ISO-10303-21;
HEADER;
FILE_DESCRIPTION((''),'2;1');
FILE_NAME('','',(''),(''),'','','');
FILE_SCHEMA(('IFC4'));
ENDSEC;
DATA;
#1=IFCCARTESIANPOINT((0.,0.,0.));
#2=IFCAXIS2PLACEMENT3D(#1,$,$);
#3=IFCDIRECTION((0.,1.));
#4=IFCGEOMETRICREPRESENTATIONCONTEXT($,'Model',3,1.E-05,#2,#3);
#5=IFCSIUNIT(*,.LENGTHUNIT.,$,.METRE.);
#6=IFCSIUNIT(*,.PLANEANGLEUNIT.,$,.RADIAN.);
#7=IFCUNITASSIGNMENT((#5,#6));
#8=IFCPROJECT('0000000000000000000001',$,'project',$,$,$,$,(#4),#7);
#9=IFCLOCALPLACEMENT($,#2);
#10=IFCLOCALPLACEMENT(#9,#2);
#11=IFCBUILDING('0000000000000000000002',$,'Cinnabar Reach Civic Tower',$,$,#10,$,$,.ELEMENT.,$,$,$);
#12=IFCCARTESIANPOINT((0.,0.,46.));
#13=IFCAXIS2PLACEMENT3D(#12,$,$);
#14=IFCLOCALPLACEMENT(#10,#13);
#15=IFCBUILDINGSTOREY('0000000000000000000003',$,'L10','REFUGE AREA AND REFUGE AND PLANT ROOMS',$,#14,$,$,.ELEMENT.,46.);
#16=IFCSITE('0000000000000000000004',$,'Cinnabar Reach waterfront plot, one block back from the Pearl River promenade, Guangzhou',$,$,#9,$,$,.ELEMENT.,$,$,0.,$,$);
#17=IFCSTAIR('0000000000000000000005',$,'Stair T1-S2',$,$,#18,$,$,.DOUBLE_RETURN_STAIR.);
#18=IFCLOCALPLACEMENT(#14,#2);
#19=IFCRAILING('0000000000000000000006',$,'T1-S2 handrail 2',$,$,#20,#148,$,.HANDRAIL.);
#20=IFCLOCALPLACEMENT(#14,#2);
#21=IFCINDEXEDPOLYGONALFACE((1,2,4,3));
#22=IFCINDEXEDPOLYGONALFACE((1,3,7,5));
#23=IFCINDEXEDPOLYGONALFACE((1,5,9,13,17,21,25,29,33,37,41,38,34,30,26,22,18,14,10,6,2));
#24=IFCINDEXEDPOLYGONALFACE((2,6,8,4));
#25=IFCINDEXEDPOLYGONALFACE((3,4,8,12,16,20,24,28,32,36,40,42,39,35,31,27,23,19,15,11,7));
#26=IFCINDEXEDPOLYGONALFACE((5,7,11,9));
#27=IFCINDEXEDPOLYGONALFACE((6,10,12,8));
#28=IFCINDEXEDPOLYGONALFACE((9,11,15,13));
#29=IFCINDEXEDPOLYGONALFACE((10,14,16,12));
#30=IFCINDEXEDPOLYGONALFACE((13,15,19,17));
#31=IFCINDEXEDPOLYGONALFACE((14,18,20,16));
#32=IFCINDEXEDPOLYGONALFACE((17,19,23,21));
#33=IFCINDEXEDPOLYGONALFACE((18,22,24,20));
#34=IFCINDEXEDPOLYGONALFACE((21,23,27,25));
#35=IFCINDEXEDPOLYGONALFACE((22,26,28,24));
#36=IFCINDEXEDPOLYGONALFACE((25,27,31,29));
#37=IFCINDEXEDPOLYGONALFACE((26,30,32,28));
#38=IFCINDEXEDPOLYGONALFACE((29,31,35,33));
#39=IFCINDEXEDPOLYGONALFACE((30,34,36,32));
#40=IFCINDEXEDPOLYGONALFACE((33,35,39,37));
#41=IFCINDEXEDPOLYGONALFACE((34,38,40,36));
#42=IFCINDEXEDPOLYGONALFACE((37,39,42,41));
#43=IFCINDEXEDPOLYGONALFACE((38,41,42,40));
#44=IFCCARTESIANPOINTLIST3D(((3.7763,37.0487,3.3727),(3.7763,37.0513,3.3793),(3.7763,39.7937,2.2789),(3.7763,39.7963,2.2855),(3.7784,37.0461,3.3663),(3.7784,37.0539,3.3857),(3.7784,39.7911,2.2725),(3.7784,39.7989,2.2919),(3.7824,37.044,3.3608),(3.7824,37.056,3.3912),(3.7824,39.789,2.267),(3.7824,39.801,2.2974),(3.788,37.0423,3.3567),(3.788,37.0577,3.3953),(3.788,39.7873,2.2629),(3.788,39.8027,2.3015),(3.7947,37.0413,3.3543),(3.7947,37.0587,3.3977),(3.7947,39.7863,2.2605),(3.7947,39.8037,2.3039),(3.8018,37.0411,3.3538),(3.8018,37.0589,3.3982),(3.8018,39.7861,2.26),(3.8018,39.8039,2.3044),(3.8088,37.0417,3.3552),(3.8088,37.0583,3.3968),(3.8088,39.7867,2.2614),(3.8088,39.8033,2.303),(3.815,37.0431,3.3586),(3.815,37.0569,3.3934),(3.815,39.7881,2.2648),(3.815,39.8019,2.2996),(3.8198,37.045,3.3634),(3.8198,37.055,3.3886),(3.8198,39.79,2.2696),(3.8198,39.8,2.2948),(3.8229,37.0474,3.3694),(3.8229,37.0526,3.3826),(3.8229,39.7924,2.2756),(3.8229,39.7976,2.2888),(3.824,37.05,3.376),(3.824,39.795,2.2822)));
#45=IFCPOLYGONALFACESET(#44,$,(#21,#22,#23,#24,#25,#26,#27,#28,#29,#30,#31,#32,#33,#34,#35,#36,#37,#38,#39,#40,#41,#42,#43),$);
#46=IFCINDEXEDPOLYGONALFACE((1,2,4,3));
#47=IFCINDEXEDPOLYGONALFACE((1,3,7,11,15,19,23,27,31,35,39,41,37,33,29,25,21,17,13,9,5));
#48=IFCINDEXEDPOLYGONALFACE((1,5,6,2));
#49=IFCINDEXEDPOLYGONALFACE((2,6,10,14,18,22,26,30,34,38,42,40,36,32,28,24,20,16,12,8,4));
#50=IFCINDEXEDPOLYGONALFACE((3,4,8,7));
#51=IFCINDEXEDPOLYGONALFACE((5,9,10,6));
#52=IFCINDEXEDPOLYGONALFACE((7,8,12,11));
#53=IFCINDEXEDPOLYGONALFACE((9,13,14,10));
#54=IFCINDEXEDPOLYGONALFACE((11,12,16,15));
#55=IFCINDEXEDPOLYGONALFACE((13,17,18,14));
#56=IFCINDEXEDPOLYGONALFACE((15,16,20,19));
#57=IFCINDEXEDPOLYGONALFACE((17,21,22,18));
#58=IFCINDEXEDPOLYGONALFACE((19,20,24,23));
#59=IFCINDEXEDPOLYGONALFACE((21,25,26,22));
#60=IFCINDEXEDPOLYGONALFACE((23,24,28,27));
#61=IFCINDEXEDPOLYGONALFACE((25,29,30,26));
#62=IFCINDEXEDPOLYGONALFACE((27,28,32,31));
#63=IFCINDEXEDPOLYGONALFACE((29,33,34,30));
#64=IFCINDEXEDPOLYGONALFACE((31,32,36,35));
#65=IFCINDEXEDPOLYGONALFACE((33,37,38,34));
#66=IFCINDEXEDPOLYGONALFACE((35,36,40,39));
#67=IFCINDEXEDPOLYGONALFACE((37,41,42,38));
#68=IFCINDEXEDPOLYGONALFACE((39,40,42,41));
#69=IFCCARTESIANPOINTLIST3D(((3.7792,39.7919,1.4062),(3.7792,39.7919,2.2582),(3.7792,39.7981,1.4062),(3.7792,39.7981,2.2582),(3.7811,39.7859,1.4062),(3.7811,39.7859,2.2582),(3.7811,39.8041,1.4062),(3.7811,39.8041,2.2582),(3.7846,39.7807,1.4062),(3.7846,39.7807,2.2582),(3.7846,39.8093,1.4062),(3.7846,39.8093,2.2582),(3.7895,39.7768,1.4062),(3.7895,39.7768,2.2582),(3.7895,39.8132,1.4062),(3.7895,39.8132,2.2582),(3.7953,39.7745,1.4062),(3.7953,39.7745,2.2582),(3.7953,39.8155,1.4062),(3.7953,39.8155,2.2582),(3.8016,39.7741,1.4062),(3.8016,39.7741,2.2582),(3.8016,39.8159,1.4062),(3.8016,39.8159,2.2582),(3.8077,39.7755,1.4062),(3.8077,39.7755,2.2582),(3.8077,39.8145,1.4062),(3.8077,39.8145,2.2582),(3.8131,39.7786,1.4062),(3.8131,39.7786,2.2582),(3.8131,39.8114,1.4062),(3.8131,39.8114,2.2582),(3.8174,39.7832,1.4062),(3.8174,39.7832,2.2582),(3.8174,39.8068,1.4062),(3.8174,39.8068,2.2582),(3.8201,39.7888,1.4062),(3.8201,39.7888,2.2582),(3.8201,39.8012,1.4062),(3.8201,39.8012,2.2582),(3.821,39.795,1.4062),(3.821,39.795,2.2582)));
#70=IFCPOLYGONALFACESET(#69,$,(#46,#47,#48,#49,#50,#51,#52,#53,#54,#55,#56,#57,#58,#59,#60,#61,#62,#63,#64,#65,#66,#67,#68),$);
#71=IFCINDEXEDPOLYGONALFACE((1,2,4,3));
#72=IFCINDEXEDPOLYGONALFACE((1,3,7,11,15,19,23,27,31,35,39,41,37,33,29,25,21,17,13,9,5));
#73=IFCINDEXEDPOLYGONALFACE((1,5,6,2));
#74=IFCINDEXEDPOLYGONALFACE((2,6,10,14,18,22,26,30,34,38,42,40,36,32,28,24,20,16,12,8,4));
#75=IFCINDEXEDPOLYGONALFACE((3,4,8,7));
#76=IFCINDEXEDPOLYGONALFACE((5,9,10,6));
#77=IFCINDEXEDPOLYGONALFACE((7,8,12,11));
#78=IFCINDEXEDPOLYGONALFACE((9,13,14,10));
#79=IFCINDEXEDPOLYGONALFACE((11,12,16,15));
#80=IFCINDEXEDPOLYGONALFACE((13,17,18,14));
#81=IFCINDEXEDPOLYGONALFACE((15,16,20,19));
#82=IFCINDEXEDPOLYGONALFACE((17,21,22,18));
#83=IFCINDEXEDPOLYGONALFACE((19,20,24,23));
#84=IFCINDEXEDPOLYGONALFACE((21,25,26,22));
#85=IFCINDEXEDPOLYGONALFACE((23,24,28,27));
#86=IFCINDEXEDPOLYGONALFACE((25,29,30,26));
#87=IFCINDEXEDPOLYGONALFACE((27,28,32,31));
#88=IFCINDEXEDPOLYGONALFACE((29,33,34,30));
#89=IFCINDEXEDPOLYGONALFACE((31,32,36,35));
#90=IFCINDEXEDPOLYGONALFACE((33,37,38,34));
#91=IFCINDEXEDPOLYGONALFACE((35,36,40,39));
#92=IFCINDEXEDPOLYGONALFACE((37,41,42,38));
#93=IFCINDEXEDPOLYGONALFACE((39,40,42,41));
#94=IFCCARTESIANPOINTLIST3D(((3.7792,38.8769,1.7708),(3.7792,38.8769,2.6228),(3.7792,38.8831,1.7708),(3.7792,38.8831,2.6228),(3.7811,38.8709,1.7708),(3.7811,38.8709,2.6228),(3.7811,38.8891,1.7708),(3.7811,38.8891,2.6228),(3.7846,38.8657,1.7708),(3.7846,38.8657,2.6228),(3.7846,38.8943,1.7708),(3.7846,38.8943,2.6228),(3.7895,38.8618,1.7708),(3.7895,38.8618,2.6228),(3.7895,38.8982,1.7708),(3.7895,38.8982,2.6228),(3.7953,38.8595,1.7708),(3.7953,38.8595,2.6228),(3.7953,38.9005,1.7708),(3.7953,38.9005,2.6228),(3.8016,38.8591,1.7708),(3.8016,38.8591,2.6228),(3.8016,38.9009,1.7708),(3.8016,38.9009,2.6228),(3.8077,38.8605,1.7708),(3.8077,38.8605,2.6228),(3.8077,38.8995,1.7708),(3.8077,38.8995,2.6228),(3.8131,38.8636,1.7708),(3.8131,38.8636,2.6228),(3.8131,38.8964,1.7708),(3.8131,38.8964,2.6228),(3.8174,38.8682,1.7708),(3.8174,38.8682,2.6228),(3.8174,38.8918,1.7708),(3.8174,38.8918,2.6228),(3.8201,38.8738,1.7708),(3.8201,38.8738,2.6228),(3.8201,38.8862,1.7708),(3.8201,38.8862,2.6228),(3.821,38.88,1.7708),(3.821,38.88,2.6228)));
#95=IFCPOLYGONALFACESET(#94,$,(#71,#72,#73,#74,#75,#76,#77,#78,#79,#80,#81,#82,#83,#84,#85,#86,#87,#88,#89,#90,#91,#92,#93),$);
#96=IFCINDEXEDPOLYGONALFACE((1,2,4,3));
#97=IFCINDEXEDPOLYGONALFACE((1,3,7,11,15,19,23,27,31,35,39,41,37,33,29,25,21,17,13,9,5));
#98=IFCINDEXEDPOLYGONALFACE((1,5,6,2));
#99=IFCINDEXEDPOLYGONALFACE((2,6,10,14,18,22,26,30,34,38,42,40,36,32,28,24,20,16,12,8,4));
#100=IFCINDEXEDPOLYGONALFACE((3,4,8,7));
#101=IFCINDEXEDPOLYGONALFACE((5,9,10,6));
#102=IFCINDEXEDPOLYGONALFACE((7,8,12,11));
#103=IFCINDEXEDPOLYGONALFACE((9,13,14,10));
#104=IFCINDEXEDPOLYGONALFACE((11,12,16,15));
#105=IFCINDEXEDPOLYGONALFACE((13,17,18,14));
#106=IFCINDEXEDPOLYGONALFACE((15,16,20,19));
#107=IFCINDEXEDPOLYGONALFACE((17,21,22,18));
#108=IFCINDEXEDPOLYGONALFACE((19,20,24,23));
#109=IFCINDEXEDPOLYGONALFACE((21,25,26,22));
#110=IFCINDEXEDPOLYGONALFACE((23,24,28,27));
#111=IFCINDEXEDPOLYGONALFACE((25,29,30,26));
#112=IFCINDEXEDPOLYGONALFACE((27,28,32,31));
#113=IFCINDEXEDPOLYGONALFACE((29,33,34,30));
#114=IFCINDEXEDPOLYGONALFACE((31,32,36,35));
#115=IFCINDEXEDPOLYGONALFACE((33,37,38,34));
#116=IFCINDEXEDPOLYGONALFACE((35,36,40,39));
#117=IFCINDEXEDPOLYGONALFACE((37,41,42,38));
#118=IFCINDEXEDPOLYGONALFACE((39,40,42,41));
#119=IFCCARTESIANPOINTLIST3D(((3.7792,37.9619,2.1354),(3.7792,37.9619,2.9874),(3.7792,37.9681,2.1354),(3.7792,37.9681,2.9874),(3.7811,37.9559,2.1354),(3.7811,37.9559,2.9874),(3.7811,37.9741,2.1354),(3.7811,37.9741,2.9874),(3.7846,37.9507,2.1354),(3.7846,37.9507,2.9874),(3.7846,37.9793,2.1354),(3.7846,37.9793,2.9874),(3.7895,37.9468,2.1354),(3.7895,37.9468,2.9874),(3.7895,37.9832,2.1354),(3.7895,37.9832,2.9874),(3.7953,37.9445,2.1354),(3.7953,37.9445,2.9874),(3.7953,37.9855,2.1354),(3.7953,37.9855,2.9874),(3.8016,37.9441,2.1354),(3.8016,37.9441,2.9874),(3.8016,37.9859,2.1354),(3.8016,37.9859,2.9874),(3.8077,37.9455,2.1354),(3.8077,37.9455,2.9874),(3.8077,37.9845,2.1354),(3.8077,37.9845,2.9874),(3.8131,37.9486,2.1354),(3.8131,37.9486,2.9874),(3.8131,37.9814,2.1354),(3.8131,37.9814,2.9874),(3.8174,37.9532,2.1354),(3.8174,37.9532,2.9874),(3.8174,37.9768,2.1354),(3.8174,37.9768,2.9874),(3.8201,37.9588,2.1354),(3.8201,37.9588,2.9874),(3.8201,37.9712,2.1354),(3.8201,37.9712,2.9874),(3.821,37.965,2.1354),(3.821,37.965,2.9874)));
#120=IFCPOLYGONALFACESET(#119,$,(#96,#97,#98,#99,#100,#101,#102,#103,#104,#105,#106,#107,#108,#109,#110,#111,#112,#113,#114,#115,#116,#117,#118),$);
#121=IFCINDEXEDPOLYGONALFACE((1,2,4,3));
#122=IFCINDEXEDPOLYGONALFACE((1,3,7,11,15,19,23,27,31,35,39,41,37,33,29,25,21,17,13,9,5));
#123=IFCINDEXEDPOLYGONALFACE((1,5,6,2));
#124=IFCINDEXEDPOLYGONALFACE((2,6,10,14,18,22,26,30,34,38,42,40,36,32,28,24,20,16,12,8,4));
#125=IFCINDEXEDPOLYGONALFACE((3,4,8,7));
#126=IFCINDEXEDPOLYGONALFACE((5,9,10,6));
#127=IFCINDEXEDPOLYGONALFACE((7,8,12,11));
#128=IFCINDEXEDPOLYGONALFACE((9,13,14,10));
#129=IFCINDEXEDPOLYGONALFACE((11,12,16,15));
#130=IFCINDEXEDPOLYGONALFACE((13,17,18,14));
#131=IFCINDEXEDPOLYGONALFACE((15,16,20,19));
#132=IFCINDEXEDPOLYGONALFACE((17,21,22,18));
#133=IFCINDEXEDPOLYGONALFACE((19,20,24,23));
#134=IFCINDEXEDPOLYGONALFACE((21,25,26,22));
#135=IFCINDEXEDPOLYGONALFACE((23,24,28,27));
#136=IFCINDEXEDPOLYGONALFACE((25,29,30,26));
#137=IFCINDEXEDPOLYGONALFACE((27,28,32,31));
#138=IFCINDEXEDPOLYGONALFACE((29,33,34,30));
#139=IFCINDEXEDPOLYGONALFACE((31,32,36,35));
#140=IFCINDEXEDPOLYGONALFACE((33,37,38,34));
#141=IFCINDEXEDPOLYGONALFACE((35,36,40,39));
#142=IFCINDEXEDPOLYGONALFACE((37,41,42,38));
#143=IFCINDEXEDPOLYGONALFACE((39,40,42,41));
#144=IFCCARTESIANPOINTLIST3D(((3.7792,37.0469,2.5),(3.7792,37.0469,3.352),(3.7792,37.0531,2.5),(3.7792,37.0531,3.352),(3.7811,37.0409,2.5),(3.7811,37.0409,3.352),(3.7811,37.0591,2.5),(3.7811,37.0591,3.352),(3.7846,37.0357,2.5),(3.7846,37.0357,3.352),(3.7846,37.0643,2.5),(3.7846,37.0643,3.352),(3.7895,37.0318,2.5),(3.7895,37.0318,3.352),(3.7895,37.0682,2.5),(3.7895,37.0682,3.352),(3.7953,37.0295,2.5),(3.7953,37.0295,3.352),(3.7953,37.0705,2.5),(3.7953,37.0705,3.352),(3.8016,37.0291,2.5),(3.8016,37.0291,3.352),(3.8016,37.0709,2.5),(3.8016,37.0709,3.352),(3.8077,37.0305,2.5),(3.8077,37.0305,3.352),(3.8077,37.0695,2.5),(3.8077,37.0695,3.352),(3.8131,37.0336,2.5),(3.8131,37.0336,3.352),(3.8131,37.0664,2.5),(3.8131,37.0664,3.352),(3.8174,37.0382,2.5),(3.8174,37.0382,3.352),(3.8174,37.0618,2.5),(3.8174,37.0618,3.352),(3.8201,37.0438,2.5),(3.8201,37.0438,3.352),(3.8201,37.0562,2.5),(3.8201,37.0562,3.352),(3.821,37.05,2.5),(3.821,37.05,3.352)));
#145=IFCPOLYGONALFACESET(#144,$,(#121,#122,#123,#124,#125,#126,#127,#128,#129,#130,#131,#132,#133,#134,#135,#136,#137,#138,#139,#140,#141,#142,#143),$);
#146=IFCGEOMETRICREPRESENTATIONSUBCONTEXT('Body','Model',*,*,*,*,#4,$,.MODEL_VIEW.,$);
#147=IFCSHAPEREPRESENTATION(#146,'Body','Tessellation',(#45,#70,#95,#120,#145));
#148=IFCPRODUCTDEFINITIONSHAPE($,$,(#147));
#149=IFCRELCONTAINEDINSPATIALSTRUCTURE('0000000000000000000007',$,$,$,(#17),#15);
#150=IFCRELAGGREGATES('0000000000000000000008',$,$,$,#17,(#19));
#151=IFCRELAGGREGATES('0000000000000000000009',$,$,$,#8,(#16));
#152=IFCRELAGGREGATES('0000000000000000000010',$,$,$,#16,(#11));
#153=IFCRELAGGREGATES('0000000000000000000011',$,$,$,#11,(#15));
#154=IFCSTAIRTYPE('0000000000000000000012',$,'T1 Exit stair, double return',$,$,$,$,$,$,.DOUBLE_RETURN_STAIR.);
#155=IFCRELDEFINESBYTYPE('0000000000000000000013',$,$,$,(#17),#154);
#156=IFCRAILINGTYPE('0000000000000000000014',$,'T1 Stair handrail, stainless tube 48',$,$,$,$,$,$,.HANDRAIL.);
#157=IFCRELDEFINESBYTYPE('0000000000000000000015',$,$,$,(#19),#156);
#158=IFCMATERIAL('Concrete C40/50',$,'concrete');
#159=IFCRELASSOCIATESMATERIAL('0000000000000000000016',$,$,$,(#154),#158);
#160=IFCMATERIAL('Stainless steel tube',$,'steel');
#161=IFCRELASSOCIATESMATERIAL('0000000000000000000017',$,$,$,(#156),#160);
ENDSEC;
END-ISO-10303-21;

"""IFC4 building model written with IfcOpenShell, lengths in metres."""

from ifc_helpers import new_model, si_unit, direction, frame, origin, origin_2d, place, context, subcontext, project, spatial, circle, extrude, material, type_object, element, aggregate, save


model = new_model("IFC4")

# Units and contexts
model_context = context("Model", 3, precision=1e-05, world=origin(), true_north=direction((0.0, 1.0)))
body_context = subcontext(model_context, "Body", "Model", "MODEL_VIEW")
ifc_project = project(units=[si_unit("LENGTHUNIT", "METRE"), si_unit("PLANEANGLEUNIT", "RADIAN")], contexts=[model_context])

# Site, building, storey
site_placement = place(None, origin())
site = spatial("IfcSite", under=ifc_project, at=site_placement, Name="Cinnabar Reach waterfront plot, one block back from the Pearl River promenade, Guangzhou", CompositionType="ELEMENT", RefElevation=0.0)
building_placement = place(site_placement, origin())
building = spatial("IfcBuilding", under=site, at=building_placement, Name="Cinnabar Reach Civic Tower", CompositionType="ELEMENT")
storey_placement = place(building_placement, frame((0.0, 0.0, 46.0)))
storey = spatial("IfcBuildingStorey", under=building, at=storey_placement, Name="L10", Description="REFUGE AREA AND REFUGE AND PLANT ROOMS", CompositionType="ELEMENT", Elevation=46.0)

# Stair, railing
ifc_material_1 = material(Name="Concrete C40/50", Category="concrete")
stair_type = type_object("IfcStairType", Name="T1 Exit stair, double return", PredefinedType="DOUBLE_RETURN_STAIR", material=ifc_material_1)
stair_placement = place(storey_placement, origin())
stair = element("IfcStair", 1, at=stair_placement, inside=storey, type_object=stair_type, Name="Stair T1-S2", PredefinedType="DOUBLE_RETURN_STAIR")
ifc_material_2 = material(Name="Stainless steel tube", Category="steel")
railing_type = type_object("IfcRailingType", Name="T1 Stair handrail, stainless tube 48", PredefinedType="HANDRAIL", material=ifc_material_2)
railing_1_placement = place(storey_placement, frame((3.8, 39.795, 1.4062)))
railing_1 = element("IfcRailing", 2, at=railing_1_placement, type_object=railing_type, Name="T1-S2 handrail 2", PredefinedType="HANDRAIL", context=body_context, shape_type="SweptSolid", body=[
    extrude(circle(Radius=0.024, at=origin_2d()), frame((0.0, 0.0, 0.876), z_axis=(0.0, -0.928966, 0.370165), x_axis=(1.0, 0.0, 0.0)), (0.0, 0.0, 1.0), 2.9549),
    extrude(circle(Radius=0.021, at=origin_2d()), origin(), (0.0, 0.0, 1.0), 0.852),
    extrude(circle(Radius=0.021, at=origin_2d()), frame((0.0, -0.915, 0.3646)), (0.0, 0.0, 1.0), 0.852),
    extrude(circle(Radius=0.021, at=origin_2d()), frame((0.0, -1.83, 0.7292)), (0.0, 0.0, 1.0), 0.852),
    extrude(circle(Radius=0.021, at=origin_2d()), frame((0.0, -2.745, 1.0938)), (0.0, 0.0, 1.0), 0.852),
])
aggregate(stair, [railing_1])

save(model, "model.ifc")
